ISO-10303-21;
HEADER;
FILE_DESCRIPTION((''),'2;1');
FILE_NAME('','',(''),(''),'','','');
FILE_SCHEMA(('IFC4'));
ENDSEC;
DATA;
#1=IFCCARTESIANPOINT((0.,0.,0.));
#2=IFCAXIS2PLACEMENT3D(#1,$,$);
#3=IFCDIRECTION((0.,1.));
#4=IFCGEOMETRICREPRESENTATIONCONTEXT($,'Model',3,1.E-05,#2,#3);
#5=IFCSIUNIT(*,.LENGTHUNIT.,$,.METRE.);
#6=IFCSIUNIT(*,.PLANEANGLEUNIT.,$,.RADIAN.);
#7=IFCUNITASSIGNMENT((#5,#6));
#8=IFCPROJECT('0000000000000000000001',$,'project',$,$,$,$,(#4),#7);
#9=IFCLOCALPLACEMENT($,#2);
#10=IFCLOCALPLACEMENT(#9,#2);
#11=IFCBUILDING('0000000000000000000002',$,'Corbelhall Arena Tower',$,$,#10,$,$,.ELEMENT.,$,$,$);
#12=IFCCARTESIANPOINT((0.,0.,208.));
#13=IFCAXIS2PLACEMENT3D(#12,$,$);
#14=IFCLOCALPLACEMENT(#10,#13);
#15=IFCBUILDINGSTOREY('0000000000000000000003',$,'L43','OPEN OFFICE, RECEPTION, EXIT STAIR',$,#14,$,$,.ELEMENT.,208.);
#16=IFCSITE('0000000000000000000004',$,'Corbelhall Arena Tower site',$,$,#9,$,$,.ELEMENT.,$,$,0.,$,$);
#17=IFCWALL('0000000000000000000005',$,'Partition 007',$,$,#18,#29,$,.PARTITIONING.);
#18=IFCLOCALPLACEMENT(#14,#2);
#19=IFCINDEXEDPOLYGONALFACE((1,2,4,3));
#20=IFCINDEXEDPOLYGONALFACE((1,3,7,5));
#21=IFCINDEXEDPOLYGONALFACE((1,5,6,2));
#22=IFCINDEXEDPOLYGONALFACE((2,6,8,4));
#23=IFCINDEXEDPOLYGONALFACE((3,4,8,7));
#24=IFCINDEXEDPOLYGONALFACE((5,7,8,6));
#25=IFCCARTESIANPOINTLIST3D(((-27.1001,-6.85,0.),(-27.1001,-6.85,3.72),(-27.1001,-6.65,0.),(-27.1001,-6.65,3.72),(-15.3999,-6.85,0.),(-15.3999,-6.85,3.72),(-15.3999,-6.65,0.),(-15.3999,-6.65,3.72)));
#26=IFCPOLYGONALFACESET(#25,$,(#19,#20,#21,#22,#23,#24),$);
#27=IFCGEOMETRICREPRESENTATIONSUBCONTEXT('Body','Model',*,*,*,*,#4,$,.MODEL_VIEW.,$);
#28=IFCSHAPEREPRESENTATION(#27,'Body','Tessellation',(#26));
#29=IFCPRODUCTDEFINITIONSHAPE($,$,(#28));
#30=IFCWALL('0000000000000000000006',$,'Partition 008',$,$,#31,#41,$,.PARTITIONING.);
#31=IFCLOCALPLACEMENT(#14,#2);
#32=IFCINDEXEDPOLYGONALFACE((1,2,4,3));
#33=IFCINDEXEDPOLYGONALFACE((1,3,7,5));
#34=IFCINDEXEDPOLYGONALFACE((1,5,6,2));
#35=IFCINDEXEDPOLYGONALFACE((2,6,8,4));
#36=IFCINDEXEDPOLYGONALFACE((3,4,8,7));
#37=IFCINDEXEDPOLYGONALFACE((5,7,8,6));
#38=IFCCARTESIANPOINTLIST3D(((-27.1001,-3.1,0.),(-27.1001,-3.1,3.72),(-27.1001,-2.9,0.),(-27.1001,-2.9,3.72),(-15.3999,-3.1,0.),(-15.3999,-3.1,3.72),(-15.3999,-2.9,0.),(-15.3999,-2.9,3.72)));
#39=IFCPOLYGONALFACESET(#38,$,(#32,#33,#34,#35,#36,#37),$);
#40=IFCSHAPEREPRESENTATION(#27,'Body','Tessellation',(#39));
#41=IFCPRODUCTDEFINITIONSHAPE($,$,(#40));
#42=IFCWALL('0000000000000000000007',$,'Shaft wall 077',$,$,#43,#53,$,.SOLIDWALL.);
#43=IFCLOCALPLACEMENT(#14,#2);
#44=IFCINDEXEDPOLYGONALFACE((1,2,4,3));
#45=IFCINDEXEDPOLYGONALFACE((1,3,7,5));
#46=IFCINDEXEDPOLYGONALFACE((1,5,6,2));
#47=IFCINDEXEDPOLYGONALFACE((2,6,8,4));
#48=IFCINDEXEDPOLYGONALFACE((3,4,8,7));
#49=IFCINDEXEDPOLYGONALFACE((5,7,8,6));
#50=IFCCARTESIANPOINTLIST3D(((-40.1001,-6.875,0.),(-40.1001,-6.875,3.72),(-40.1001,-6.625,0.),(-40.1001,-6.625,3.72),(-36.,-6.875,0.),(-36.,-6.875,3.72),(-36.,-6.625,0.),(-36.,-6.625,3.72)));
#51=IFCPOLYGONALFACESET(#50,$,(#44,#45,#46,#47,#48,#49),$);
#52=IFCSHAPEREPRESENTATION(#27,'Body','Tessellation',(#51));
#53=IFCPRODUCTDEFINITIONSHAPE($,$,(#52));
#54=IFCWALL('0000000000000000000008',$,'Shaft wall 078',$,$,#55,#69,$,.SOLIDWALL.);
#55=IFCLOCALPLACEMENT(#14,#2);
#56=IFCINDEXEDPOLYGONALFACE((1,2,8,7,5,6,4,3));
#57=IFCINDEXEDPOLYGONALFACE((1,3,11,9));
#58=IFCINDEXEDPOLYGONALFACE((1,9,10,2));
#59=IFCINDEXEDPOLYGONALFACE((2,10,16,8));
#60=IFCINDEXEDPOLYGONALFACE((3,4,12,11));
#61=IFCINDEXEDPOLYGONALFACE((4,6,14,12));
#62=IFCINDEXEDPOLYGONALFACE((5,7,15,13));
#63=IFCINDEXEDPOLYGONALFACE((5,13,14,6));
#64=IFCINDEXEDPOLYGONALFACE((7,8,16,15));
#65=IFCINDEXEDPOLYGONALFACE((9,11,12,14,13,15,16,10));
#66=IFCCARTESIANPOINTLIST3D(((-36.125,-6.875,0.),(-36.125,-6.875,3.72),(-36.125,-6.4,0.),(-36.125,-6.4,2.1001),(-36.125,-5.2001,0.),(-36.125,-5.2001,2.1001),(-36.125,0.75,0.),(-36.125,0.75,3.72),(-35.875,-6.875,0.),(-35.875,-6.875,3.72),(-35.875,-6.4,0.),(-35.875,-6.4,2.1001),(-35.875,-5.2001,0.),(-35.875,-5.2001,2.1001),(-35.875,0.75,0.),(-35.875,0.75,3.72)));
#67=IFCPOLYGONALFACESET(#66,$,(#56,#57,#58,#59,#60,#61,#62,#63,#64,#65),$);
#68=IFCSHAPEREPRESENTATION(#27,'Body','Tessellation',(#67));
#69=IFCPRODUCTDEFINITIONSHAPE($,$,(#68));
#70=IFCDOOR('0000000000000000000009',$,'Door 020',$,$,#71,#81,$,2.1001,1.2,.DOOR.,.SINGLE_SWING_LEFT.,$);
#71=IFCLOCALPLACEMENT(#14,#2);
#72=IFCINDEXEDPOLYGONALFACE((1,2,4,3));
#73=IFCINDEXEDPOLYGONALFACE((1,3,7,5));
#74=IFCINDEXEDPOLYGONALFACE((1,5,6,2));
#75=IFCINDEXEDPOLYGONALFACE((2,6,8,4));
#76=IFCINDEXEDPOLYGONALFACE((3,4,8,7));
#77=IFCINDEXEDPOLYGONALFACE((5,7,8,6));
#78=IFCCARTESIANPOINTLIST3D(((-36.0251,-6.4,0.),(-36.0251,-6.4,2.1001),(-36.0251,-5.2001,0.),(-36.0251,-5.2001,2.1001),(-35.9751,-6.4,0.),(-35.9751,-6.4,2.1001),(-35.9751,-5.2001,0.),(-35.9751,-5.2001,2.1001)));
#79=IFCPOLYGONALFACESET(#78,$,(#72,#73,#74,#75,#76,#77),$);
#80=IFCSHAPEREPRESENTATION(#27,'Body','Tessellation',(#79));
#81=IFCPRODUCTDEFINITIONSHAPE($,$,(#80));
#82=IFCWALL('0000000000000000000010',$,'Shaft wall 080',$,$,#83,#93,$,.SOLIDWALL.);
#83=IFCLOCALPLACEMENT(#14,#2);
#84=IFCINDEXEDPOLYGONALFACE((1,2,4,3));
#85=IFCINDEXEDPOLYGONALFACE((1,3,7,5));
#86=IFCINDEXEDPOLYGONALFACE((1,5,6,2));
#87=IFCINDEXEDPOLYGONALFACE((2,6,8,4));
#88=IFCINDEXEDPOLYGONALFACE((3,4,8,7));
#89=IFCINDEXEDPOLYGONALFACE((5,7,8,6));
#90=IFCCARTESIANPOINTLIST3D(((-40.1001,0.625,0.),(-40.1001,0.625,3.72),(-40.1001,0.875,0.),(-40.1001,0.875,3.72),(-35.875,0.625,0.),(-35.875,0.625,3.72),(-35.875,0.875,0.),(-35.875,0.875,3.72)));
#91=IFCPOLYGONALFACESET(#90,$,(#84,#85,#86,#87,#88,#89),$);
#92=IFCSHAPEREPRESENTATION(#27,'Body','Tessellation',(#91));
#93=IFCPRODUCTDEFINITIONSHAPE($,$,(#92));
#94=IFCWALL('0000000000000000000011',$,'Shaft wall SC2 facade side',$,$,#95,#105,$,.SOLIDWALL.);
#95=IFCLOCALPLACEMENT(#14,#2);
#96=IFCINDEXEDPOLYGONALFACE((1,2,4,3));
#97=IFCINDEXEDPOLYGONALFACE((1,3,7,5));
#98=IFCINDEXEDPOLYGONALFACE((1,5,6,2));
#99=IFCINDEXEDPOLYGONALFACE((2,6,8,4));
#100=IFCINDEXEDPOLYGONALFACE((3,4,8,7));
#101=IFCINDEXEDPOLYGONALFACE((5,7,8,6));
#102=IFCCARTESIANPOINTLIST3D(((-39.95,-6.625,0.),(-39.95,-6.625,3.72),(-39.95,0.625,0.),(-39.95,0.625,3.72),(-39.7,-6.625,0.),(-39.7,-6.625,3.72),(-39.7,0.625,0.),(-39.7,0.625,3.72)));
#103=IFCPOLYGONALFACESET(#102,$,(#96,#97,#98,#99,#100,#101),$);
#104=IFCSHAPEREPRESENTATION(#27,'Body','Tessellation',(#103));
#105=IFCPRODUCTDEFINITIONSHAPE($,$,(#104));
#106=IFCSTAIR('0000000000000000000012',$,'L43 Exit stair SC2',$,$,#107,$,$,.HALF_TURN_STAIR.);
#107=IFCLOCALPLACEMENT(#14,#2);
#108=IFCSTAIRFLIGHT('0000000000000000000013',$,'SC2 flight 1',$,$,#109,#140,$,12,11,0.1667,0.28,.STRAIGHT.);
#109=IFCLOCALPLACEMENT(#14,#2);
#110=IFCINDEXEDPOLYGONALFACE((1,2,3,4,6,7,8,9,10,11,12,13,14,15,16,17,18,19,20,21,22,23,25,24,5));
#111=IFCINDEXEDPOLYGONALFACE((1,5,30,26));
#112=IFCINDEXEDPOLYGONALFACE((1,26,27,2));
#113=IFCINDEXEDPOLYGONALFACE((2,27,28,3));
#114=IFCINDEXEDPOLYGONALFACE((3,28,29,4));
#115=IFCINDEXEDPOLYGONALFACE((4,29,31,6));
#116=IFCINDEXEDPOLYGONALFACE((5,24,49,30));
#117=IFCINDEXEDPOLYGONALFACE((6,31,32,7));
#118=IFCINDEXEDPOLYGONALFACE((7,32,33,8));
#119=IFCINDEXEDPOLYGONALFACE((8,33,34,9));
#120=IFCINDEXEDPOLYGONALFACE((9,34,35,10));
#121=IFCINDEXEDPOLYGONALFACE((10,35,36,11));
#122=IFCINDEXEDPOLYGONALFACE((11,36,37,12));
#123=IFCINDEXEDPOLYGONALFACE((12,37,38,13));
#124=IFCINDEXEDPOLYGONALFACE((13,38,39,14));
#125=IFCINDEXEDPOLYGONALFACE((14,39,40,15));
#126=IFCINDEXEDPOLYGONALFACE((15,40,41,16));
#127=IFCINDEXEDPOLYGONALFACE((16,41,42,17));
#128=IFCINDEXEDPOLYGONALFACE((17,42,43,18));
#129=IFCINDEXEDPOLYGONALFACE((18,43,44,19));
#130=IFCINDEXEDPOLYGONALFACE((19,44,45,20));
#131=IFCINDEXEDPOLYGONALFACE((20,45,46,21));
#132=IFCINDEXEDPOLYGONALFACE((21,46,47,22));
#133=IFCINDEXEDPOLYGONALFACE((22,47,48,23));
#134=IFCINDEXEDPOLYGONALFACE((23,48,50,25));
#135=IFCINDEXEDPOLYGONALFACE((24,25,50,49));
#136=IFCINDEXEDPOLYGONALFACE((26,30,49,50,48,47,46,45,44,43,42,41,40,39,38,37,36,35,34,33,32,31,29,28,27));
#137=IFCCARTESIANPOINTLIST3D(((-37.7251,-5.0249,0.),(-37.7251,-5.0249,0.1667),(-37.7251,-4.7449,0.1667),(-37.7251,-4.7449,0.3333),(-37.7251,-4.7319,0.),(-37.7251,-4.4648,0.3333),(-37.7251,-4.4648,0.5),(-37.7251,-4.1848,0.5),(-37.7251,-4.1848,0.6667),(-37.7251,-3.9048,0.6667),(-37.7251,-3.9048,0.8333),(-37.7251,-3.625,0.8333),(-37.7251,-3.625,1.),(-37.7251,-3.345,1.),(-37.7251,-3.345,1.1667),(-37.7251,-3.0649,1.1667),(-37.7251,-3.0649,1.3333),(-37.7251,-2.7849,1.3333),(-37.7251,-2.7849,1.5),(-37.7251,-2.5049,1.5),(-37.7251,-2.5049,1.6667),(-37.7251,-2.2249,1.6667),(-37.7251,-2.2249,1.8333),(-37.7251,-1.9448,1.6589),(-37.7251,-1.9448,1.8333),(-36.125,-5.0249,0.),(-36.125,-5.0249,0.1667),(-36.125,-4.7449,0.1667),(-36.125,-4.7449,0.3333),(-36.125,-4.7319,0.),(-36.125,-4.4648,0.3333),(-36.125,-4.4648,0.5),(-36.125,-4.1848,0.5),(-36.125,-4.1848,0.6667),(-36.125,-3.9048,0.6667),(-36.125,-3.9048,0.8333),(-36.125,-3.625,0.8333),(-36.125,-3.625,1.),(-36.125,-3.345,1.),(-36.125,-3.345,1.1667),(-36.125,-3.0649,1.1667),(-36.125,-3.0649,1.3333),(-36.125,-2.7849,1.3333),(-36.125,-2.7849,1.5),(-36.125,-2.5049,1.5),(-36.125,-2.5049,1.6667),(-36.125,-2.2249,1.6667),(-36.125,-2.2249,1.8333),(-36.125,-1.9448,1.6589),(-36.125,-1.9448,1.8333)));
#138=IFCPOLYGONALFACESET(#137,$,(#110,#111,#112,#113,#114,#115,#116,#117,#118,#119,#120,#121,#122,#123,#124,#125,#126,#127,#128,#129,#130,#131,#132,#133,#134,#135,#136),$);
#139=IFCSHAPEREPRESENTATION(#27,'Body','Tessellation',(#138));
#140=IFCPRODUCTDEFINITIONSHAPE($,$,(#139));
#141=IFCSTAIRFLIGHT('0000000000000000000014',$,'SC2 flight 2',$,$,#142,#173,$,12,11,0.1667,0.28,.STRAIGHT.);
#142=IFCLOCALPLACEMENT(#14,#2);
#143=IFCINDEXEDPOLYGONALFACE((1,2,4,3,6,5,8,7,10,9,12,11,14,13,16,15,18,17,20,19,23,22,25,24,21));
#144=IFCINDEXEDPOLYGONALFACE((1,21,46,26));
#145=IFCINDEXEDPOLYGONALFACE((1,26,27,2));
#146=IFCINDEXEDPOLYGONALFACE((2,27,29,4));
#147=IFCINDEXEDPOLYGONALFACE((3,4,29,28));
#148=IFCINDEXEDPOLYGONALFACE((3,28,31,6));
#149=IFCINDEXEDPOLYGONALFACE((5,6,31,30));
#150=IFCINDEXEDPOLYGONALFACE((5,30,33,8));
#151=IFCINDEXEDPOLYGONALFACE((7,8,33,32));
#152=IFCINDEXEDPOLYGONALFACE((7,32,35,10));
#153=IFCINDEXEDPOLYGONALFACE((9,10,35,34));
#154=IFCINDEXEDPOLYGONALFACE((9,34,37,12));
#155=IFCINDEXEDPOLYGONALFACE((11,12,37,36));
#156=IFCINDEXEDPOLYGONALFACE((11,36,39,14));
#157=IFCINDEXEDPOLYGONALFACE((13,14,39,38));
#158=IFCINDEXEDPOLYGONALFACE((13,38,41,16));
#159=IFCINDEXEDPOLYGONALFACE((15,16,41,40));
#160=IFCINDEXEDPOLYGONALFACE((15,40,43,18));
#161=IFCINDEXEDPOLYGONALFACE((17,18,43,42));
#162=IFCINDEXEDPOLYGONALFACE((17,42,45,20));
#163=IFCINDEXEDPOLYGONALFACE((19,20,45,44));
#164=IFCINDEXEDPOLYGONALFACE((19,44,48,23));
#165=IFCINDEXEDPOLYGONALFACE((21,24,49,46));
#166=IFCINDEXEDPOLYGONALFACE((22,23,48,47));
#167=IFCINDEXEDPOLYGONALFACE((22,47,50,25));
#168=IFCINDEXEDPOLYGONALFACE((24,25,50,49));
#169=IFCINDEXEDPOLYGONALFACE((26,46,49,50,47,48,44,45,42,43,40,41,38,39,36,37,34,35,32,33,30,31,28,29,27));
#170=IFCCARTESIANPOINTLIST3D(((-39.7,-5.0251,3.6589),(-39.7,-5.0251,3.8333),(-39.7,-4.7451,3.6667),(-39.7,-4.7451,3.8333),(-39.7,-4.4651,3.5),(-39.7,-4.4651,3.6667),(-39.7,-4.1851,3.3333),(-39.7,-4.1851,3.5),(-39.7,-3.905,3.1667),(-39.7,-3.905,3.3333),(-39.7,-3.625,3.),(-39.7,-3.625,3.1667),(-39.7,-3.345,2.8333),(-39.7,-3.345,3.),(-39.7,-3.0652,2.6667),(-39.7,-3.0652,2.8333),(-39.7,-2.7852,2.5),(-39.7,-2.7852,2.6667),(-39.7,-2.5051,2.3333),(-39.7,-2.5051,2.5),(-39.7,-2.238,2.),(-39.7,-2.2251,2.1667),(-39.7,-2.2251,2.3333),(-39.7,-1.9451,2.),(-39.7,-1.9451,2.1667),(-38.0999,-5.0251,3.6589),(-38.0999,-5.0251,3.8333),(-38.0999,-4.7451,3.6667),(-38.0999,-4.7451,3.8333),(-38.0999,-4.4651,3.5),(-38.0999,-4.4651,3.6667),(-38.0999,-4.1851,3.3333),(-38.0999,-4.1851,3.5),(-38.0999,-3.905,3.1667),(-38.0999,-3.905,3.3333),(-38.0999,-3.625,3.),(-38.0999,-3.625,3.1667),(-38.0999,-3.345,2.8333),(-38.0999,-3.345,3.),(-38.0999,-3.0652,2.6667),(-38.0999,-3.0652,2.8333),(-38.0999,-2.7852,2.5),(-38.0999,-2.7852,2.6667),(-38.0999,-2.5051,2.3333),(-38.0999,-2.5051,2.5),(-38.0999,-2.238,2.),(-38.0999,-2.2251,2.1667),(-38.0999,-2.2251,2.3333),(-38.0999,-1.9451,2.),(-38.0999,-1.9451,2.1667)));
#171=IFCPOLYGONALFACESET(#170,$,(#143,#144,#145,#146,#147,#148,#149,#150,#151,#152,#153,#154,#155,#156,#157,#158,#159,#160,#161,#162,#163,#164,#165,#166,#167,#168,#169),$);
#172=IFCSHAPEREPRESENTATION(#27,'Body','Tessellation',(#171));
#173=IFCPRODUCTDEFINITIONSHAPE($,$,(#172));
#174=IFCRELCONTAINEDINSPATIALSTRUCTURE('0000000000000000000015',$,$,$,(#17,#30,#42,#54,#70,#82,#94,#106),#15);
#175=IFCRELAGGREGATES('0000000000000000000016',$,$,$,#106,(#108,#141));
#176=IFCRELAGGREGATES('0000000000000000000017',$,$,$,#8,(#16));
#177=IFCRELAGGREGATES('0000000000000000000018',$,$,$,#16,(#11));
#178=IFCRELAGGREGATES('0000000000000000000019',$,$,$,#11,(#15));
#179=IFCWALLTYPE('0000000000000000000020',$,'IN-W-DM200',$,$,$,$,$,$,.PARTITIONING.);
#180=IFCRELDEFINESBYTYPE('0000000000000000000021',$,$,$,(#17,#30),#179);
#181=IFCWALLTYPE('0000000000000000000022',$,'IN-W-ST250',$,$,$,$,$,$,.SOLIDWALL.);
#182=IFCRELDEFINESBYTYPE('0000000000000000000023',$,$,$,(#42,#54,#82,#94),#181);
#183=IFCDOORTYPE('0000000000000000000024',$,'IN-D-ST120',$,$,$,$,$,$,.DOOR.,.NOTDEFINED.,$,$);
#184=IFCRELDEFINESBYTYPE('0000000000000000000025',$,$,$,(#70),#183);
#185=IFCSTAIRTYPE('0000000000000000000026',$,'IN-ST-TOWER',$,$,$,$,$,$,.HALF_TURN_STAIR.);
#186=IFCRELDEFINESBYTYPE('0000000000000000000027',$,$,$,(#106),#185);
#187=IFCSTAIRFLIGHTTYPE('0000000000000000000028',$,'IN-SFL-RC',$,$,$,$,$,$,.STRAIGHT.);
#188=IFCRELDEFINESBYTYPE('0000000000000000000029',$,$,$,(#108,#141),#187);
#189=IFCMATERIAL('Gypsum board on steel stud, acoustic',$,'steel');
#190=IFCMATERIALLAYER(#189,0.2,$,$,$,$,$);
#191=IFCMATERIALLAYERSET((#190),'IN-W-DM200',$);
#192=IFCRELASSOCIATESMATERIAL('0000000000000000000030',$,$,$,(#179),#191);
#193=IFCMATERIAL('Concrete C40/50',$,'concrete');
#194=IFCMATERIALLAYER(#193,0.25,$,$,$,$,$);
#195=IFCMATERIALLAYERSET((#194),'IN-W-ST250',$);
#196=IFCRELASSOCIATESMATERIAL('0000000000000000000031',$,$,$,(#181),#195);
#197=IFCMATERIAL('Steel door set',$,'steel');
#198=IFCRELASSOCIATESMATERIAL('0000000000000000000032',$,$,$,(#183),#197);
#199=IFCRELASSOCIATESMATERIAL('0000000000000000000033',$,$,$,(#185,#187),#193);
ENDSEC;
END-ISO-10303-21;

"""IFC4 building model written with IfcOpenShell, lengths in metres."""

from ifc_helpers import new_model, si_unit, direction, frame, frame_2d, origin, place, context, subcontext, project, spatial, polyline, rectangle, outline, extrude, material, layer, layer_set, type_object, element, fill, aggregate, save


model = new_model("IFC4")

# Units and contexts
model_context = context("Model", 3, precision=1e-05, world=origin(), true_north=direction((0.0, 1.0)))
body_context = subcontext(model_context, "Body", "Model", "MODEL_VIEW")
ifc_project = project(units=[si_unit("LENGTHUNIT", "METRE"), si_unit("PLANEANGLEUNIT", "RADIAN")], contexts=[model_context])

# Site, building, storey
site_placement = place(None, origin())
site = spatial("IfcSite", under=ifc_project, at=site_placement, Name="Corbelhall Arena Tower site", CompositionType="ELEMENT", RefElevation=0.0)
building_placement = place(site_placement, origin())
building = spatial("IfcBuilding", under=site, at=building_placement, Name="Corbelhall Arena Tower", CompositionType="ELEMENT")
storey_placement = place(building_placement, frame((0.0, 0.0, 208.0)))
storey = spatial("IfcBuildingStorey", under=building, at=storey_placement, Name="L43", Description="OPEN OFFICE, RECEPTION, EXIT STAIR", CompositionType="ELEMENT", Elevation=208.0)

# Walls
ifc_material_1 = material(Name="Gypsum board on steel stud, acoustic", Category="steel")
ifc_layer_1 = layer(ifc_material_1, 0.2)
ifc_layer_set_1 = layer_set([ifc_layer_1], Name="IN-W-DM200")
wall_type_1 = type_object("IfcWallType", Name="IN-W-DM200", PredefinedType="PARTITIONING", material=ifc_layer_set_1)
for number, where, z_axis, x_axis, name in (
    (1, (-27.1001, -6.75, 0.0), (0.0, 0.0, 1.0), (1.0, 0.0, 0.0), "Partition 007"),
    (2, (-27.1001, -3.0, 0.0), (0.0, 0.0, 1.0), (1.0, 0.0, 0.0), "Partition 008"),
):
    element("IfcWall", number, at=place(storey_placement, frame(where, z_axis=z_axis, x_axis=x_axis)), inside=storey, type_object=wall_type_1, Name=name, PredefinedType="PARTITIONING", context=body_context, shape_type="SweptSolid", body=[
        extrude(rectangle(XDim=11.7002, YDim=0.2, at=frame_2d((5.8501, 0.0))), origin(), (0.0, 0.0, 1.0), 3.72),
    ])
ifc_material_2 = material(Name="Concrete C40/50", Category="concrete")
ifc_layer_2 = layer(ifc_material_2, 0.25)
ifc_layer_set_2 = layer_set([ifc_layer_2], Name="IN-W-ST250")
wall_type_2 = type_object("IfcWallType", Name="IN-W-ST250", PredefinedType="SOLIDWALL", material=ifc_layer_set_2)
wall_1_placement = place(storey_placement, frame((-36.0, -6.75, 0.0), z_axis=(0.0, 0.0, 1.0), x_axis=(-1.0, 0.0, 0.0)))
element("IfcWall", 3, at=wall_1_placement, inside=storey, type_object=wall_type_2, Name="Shaft wall 077", PredefinedType="SOLIDWALL", context=body_context, shape_type="SweptSolid", body=[
    extrude(rectangle(XDim=4.1001, YDim=0.25, at=frame_2d((2.05, 0.0))), origin(), (0.0, 0.0, 1.0), 3.72),
])

# Wall, opening, door
wall_2_placement = place(storey_placement, frame((-36.0, 0.75, 0.0), z_axis=(0.0, 0.0, 1.0), x_axis=(0.0, -1.0, 0.0)))
wall_2 = element("IfcWall", 4, at=wall_2_placement, inside=storey, type_object=wall_type_2, Name="Shaft wall 078", PredefinedType="SOLIDWALL", context=body_context, shape_type="SweptSolid", body=[
    extrude(rectangle(XDim=7.625, YDim=0.25, at=frame_2d((3.8125, 0.0))), origin(), (0.0, 0.0, 1.0), 3.72),
])
opening_1_placement = place(wall_2_placement, frame((5.95, 0.0, 0.0)))
opening_1 = element("IfcOpeningElement", 5, at=opening_1_placement, cuts=wall_2, PredefinedType="OPENING", context=body_context, shape_type="SweptSolid", body=[
    extrude(rectangle(XDim=1.2, YDim=2.1001, at=frame_2d((0.6001, 1.05))), frame((0.0, 0.125, 0.0), z_axis=(0.0, -1.0, 0.0), x_axis=(1.0, 0.0, 0.0)), (0.0, 0.0, 1.0), 0.25),
])
ifc_material_3 = material(Name="Steel door set", Category="steel")
door_type = type_object("IfcDoorType", Name="IN-D-ST120", OperationType="NOTDEFINED", PredefinedType="DOOR", material=ifc_material_3)
door_placement = place(opening_1_placement, origin())
door = element("IfcDoor", 6, at=door_placement, inside=storey, type_object=door_type, Name="Door 020", OperationType="SINGLE_SWING_LEFT", OverallHeight=2.1001, OverallWidth=1.2, PredefinedType="DOOR", context=body_context, shape_type="SweptSolid", body=[
    extrude(rectangle(XDim=1.2, YDim=2.1001, at=frame_2d((0.6001, 1.05))), frame((0.0, 0.0249, 0.0), z_axis=(0.0, -1.0, 0.0), x_axis=(1.0, 0.0, 0.0)), (0.0, 0.0, 1.0), 0.05),
])
fill(opening_1, door)

# Walls
wall_3_placement = place(storey_placement, frame((-35.875, 0.75, 0.0), z_axis=(0.0, 0.0, 1.0), x_axis=(-1.0, 0.0, 0.0)))
element("IfcWall", 7, at=wall_3_placement, inside=storey, type_object=wall_type_2, Name="Shaft wall 080", PredefinedType="SOLIDWALL", context=body_context, shape_type="SweptSolid", body=[
    extrude(rectangle(XDim=4.2251, YDim=0.25, at=frame_2d((2.1125, 0.0))), origin(), (0.0, 0.0, 1.0), 3.72),
])
wall_4_placement = place(storey_placement, frame((-39.825, -6.625, 0.0), z_axis=(0.0, 0.0, 1.0), x_axis=(0.0, 1.0, 0.0)))
element("IfcWall", 8, at=wall_4_placement, inside=storey, type_object=wall_type_2, Name="Shaft wall SC2 facade side", PredefinedType="SOLIDWALL", context=body_context, shape_type="SweptSolid", body=[
    extrude(rectangle(XDim=7.25, YDim=0.25, at=frame_2d((3.625, 0.0))), origin(), (0.0, 0.0, 1.0), 3.72),
])

# Stair, stair flights
stair_type = type_object("IfcStairType", Name="IN-ST-TOWER", PredefinedType="HALF_TURN_STAIR", material=ifc_material_2)
stair_placement = place(storey_placement, origin())
stair = element("IfcStair", 9, at=stair_placement, inside=storey, type_object=stair_type, Name="L43 Exit stair SC2", PredefinedType="HALF_TURN_STAIR")
stair_flight_type = type_object("IfcStairFlightType", Name="IN-SFL-RC", PredefinedType="STRAIGHT", material=ifc_material_2)
stair_flight_1_placement = place(storey_placement, frame((-36.925, -5.0249, 0.0), z_axis=(0.0, 0.0, 1.0), x_axis=(0.0, 1.0, 0.0)))
stair_flight_1 = element("IfcStairFlight", 10, at=stair_flight_1_placement, type_object=stair_flight_type, Name="SC2 flight 1", NumberOfRisers=12, NumberOfTreads=11, PredefinedType="STRAIGHT", RiserHeight=0.1667, TreadLength=0.28, context=body_context, shape_type="SweptSolid", body=[
    extrude(outline(polyline([(0.0, 0.0), (0.0, 0.1667), (0.28, 0.1667), (0.28, 0.3333), (0.5601, 0.3333), (0.5601, 0.5), (0.8401, 0.5), (0.8401, 0.6667), (1.1201, 0.6667), (1.1201, 0.8333), (1.3999, 0.8333), (1.3999, 1.0), (1.6799, 1.0), (1.6799, 1.1667), (1.96, 1.1667), (1.96, 1.3333), (2.24, 1.3333), (2.24, 1.5), (2.52, 1.5), (2.52, 1.6667), (2.8, 1.6667), (2.8, 1.8333), (3.0801, 1.8333), (3.0801, 2.0), (3.0801, 1.6589), (0.293, 0.0), (0.0, 0.0)])), frame((0.0, 0.8, 0.0), z_axis=(0.0, -1.0, 0.0), x_axis=(1.0, 0.0, 0.0)), (0.0, 0.0, 1.0), 1.6001),
])
stair_flight_2_placement = place(storey_placement, frame((-38.8999, -1.9451, 2.0), z_axis=(0.0, 0.0, 1.0), x_axis=(0.0, -1.0, 0.0)))
stair_flight_2 = element("IfcStairFlight", 11, at=stair_flight_2_placement, type_object=stair_flight_type, Name="SC2 flight 2", NumberOfRisers=12, NumberOfTreads=11, PredefinedType="STRAIGHT", RiserHeight=0.1667, TreadLength=0.28, context=body_context, shape_type="SweptSolid", body=[
    extrude(outline(polyline([(0.0, 0.0), (0.0, 0.1667), (0.28, 0.1667), (0.28, 0.3333), (0.5601, 0.3333), (0.5601, 0.5), (0.8401, 0.5), (0.8401, 0.6667), (1.1201, 0.6667), (1.1201, 0.8333), (1.3999, 0.8333), (1.3999, 1.0), (1.6799, 1.0), (1.6799, 1.1667), (1.96, 1.1667), (1.96, 1.3333), (2.24, 1.3333), (2.24, 1.5), (2.52, 1.5), (2.52, 1.6667), (2.8, 1.6667), (2.8, 1.8333), (3.0801, 1.8333), (3.0801, 2.0), (3.0801, 1.6589), (0.293, 0.0), (0.0, 0.0)])), frame((0.0, 0.8, 0.0), z_axis=(0.0, -1.0, 0.0), x_axis=(1.0, 0.0, 0.0)), (0.0, 0.0, 1.0), 1.6001),
])
aggregate(stair, [stair_flight_1, stair_flight_2])

save(model, "model.ifc")
